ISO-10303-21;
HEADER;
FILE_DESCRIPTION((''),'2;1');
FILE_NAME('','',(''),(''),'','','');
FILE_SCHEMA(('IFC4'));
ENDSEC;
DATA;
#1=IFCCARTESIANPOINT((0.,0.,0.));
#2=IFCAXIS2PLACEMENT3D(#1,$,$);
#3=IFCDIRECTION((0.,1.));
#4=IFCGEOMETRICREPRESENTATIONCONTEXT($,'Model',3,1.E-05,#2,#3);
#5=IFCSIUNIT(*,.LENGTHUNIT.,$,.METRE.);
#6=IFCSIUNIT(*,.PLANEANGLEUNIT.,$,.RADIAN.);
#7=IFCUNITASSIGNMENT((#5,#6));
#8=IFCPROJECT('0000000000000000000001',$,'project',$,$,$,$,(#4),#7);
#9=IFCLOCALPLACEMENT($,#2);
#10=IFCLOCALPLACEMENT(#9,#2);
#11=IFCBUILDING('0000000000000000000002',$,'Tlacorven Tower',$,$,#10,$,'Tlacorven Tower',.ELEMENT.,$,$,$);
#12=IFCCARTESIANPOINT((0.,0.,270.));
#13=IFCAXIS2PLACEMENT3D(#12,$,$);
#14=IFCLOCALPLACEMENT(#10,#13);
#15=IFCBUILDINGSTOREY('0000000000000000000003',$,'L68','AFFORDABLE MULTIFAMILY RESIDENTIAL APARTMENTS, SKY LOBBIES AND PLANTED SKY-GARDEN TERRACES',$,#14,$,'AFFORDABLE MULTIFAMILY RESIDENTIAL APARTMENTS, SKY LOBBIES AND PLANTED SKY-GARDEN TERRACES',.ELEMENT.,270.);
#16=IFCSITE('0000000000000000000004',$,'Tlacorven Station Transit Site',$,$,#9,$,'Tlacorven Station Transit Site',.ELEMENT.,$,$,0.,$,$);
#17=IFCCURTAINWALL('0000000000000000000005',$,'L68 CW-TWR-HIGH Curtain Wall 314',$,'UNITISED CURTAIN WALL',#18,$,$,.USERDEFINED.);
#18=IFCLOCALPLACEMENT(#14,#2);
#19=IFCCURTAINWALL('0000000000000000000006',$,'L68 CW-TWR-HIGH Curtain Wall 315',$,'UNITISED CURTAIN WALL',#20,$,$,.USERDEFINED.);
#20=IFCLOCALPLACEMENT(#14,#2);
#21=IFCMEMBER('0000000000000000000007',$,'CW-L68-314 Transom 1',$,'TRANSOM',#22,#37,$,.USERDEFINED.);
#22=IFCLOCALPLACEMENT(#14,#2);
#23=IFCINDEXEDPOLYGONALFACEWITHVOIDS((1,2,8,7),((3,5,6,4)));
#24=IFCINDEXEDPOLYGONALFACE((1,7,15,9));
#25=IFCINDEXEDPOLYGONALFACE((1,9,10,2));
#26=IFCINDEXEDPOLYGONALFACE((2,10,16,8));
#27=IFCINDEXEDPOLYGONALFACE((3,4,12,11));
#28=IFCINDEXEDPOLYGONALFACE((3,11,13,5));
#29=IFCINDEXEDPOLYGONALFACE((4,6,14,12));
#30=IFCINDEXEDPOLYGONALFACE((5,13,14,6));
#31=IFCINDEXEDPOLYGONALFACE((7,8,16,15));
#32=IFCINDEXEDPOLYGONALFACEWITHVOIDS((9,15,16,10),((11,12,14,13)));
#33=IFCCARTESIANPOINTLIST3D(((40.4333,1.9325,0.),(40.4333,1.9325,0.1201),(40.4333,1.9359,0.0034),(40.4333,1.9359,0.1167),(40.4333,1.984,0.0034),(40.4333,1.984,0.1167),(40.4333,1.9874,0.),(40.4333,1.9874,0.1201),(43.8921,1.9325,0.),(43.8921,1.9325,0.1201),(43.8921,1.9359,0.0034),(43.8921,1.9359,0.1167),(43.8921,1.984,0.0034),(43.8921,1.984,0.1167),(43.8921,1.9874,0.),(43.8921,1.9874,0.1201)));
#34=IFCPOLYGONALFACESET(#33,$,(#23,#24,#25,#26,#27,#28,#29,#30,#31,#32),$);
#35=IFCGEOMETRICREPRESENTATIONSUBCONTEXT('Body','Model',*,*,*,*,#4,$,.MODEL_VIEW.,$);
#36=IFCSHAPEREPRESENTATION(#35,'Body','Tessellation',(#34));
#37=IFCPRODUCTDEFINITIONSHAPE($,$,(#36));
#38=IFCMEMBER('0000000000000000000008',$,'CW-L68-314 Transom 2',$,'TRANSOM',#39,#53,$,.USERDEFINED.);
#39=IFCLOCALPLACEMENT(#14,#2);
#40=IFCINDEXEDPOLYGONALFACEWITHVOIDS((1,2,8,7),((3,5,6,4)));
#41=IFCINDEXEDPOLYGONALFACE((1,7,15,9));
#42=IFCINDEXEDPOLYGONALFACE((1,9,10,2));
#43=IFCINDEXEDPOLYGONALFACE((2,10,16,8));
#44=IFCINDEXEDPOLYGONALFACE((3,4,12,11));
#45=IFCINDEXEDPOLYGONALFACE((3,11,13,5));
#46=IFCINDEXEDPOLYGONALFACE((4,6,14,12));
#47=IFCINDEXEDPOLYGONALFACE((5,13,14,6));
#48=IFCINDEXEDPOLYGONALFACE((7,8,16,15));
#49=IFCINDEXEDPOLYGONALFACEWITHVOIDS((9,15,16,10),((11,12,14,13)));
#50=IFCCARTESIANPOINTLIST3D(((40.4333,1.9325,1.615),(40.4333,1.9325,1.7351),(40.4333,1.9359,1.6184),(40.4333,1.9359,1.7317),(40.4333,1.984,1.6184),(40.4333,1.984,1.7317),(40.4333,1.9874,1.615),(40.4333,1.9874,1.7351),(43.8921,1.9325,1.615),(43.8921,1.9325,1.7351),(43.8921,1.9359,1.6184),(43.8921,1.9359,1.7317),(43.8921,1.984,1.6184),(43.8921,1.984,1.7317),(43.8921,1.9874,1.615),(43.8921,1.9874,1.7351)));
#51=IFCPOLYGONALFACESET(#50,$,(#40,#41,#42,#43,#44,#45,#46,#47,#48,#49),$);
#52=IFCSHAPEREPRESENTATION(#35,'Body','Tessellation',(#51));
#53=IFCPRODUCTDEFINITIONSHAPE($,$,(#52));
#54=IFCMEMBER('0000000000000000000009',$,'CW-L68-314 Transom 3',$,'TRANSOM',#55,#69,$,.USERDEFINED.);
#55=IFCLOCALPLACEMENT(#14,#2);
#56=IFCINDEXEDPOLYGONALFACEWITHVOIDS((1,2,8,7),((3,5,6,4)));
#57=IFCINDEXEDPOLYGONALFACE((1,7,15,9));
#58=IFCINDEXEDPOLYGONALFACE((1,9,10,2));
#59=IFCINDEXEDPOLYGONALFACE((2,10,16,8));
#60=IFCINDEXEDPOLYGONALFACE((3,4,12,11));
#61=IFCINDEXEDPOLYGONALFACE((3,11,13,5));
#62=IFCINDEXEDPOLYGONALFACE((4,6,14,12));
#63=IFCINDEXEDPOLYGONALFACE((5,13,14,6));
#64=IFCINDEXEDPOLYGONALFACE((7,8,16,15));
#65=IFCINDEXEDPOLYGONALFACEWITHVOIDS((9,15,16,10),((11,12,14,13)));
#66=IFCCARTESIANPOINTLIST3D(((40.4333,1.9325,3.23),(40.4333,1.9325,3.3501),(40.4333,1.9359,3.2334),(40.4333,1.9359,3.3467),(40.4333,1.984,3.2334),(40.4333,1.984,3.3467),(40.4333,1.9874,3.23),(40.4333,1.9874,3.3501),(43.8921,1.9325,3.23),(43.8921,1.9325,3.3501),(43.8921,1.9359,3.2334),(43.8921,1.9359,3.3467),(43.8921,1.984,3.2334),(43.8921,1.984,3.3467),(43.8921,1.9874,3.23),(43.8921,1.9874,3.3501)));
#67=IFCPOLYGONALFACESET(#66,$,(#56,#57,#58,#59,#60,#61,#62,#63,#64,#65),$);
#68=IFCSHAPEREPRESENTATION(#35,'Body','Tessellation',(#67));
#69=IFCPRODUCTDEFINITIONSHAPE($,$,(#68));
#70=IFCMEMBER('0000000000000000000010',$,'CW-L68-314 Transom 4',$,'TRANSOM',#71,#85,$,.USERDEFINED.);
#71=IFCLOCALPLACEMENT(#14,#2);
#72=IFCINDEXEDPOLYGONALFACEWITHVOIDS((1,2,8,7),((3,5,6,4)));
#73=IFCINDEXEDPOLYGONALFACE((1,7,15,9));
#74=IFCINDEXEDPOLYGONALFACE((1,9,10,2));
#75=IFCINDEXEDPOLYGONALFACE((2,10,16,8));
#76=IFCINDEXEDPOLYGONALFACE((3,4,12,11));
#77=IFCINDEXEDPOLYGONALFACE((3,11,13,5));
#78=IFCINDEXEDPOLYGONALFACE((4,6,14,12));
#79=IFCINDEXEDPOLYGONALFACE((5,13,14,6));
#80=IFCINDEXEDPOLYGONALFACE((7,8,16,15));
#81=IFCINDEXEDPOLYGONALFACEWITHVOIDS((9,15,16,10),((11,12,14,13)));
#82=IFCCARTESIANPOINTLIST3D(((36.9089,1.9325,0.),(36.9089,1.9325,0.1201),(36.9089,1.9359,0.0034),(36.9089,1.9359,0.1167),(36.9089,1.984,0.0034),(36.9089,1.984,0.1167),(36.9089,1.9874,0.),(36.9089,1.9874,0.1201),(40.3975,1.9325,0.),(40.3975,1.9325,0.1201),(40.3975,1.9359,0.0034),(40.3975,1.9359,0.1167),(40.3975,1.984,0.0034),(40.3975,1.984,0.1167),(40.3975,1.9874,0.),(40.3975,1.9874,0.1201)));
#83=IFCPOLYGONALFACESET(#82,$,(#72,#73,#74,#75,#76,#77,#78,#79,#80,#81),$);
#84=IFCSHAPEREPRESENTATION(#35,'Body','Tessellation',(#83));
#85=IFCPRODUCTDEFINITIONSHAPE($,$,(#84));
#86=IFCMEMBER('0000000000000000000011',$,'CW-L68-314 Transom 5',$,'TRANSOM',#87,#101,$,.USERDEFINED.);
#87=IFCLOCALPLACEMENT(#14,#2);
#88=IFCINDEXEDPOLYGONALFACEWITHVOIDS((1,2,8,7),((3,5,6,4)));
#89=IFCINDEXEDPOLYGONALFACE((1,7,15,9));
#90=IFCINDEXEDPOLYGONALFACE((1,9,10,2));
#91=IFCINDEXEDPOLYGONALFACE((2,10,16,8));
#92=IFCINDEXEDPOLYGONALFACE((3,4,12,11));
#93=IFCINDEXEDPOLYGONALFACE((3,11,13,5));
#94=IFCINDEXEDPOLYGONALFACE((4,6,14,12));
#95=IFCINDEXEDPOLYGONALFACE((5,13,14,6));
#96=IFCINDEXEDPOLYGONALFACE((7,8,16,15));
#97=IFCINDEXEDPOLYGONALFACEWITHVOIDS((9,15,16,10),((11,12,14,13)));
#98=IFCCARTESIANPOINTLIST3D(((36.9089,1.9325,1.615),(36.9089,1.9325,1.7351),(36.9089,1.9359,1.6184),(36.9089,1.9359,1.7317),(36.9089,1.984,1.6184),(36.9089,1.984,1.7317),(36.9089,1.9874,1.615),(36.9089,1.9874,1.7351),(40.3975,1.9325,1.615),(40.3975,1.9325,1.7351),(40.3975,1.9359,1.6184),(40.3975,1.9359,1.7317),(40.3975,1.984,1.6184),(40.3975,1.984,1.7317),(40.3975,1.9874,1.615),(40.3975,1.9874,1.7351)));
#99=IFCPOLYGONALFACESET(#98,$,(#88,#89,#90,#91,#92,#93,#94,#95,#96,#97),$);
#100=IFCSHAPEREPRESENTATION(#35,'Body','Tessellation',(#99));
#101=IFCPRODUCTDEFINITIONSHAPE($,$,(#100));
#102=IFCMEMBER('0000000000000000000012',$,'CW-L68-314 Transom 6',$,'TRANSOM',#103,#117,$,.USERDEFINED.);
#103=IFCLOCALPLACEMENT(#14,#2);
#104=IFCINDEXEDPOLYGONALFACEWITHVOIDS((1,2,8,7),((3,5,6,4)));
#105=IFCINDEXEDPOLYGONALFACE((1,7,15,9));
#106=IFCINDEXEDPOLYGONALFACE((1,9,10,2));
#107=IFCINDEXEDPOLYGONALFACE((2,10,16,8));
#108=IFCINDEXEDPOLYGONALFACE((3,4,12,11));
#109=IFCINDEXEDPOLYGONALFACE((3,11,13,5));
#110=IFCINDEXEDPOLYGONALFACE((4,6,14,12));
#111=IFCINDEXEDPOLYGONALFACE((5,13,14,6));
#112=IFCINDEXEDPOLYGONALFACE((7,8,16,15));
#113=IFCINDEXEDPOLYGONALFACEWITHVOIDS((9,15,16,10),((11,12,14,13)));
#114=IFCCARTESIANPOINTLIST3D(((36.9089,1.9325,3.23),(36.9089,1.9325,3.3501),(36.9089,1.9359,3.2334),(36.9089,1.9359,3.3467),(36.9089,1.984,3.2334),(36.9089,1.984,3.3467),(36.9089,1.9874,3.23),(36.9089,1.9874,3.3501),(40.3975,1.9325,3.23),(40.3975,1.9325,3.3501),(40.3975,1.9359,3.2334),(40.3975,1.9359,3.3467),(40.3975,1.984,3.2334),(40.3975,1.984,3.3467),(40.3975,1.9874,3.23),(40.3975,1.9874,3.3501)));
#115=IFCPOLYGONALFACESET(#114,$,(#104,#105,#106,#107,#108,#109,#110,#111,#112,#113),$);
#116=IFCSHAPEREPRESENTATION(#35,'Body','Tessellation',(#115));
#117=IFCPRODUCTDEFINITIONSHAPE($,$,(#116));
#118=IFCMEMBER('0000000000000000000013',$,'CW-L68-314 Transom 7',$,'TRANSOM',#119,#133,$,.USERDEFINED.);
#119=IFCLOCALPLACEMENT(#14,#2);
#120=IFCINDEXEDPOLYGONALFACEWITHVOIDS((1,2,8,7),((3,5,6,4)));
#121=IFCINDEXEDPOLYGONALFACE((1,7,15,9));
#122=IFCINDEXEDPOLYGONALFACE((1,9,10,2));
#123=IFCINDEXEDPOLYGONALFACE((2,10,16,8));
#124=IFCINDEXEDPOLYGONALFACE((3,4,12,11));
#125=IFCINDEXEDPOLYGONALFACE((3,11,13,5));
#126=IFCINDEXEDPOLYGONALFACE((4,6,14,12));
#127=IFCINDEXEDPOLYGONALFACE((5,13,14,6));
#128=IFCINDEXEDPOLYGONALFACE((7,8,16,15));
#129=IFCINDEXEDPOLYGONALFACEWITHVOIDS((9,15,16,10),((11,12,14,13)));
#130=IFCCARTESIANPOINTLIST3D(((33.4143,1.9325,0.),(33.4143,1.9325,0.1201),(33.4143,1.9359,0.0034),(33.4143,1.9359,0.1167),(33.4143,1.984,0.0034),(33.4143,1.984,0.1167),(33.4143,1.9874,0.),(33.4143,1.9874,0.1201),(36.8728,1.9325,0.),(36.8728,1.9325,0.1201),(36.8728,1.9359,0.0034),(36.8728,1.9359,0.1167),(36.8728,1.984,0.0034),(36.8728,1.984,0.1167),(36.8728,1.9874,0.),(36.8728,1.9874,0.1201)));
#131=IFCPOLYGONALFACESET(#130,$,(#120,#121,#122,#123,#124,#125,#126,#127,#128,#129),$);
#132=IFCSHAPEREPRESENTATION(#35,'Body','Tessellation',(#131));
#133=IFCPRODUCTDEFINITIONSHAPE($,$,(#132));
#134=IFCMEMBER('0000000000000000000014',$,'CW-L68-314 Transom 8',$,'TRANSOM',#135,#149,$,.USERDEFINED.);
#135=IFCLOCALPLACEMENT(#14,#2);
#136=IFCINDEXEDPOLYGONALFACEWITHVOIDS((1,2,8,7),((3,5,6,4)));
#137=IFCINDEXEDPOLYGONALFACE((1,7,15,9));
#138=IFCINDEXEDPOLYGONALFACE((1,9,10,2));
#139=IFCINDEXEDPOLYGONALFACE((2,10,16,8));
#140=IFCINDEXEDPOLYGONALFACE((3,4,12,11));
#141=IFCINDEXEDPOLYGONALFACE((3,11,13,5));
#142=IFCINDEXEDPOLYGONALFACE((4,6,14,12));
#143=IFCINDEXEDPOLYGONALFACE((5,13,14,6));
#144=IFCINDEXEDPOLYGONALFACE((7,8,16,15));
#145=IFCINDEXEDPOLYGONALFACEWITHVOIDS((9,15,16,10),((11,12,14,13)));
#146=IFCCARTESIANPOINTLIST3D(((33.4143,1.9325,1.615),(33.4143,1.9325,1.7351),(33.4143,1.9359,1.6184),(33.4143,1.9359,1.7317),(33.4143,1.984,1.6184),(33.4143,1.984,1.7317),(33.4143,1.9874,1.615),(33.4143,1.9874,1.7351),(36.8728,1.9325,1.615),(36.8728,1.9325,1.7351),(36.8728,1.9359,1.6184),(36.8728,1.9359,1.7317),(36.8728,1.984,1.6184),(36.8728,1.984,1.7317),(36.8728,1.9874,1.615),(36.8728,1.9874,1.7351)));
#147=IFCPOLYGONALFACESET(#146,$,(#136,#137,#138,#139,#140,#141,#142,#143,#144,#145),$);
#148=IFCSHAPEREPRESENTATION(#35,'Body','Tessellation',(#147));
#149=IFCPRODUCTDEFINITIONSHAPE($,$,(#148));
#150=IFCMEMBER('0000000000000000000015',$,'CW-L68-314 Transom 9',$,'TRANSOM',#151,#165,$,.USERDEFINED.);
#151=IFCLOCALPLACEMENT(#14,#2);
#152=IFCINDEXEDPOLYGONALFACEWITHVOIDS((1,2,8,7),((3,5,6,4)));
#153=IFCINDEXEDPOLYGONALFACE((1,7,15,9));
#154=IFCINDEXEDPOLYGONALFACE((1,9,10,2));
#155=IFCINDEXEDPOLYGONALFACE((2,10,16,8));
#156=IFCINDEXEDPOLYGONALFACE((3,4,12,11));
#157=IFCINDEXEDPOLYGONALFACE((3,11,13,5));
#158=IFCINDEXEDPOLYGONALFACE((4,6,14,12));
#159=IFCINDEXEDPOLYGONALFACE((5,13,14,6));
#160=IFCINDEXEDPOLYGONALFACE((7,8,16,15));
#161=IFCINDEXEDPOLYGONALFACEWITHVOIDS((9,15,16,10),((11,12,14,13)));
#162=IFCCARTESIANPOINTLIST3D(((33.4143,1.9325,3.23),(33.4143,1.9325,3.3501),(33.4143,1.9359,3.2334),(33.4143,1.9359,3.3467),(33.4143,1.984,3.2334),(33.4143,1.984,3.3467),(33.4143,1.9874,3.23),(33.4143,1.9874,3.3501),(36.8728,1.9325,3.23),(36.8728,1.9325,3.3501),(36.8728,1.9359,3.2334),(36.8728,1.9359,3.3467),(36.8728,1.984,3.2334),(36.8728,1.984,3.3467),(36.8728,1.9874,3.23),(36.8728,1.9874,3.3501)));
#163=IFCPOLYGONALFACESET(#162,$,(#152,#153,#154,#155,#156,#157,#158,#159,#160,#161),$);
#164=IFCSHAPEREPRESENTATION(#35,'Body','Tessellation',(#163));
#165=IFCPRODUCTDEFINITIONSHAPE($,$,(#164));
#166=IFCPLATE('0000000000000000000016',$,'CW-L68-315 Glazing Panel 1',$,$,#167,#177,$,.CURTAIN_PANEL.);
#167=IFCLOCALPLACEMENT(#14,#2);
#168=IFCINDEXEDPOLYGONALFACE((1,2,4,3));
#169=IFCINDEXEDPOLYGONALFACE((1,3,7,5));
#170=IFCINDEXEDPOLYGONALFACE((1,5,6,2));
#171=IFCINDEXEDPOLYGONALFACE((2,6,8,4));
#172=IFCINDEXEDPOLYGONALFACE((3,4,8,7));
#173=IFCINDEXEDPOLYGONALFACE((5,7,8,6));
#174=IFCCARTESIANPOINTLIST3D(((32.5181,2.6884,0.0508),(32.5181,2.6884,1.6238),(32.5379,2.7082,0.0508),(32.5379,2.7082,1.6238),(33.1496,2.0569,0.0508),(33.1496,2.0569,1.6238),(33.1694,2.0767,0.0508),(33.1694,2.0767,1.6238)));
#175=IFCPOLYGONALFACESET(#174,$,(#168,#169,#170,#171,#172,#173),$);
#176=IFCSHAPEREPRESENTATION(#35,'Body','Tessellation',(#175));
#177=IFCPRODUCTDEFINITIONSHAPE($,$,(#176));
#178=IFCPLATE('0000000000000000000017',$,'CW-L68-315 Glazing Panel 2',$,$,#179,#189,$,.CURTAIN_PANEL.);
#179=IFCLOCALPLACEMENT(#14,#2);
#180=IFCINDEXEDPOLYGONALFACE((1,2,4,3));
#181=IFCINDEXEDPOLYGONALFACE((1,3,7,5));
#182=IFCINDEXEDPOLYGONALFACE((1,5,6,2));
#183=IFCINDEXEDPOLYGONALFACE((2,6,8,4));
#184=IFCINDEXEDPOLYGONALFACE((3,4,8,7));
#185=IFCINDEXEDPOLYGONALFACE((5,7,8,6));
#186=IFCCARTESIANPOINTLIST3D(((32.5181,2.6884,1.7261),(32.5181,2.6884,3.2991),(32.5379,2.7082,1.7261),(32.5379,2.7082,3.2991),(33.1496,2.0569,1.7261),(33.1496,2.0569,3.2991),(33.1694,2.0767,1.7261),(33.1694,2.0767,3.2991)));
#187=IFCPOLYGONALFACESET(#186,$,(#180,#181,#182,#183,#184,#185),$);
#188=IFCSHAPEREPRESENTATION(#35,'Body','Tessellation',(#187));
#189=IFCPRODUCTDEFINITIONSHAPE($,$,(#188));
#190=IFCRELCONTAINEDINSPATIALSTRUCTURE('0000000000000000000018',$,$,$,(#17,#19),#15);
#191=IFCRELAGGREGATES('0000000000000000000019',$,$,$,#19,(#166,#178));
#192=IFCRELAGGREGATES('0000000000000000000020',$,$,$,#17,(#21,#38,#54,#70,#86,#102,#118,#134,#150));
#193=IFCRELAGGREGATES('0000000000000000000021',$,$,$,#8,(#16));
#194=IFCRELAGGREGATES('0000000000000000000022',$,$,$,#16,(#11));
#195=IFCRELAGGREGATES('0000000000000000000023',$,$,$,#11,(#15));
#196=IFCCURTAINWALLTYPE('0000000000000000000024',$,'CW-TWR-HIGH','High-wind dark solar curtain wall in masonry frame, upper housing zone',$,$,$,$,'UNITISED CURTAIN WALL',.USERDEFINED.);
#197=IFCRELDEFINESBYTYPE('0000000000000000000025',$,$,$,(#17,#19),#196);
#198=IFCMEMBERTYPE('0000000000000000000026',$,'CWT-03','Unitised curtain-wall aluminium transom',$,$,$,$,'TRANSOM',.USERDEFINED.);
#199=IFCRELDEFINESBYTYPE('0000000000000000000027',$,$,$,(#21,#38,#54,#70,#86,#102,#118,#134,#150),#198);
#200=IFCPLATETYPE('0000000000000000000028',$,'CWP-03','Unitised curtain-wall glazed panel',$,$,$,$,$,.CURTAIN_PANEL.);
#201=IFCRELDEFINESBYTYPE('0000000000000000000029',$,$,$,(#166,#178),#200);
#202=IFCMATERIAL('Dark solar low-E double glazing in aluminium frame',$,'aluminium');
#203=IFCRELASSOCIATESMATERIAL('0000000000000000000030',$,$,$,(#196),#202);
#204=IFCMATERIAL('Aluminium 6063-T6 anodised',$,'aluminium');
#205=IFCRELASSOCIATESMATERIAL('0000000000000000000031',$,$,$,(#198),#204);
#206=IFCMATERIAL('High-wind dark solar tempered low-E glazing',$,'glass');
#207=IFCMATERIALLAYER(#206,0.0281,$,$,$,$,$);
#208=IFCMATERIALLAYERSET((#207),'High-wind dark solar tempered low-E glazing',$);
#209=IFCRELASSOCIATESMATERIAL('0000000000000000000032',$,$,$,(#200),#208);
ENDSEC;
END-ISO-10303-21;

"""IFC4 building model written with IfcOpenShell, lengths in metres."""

from ifc_helpers import new_model, si_unit, direction, frame, origin, origin_2d, place, context, subcontext, project, spatial, rectangle, hollow_rectangle, extrude, source, transform, mapped, material, layer, layer_set, material_profile, profile_set, type_object, element, aggregate, save


model = new_model("IFC4")

# Units and contexts
model_context = context("Model", 3, precision=1e-05, world=origin(), true_north=direction((0.0, 1.0)))
body_context = subcontext(model_context, "Body", "Model", "MODEL_VIEW")
ifc_project = project(units=[si_unit("LENGTHUNIT", "METRE"), si_unit("PLANEANGLEUNIT", "RADIAN")], contexts=[model_context])

# Site, building, storey
site_placement = place(None, origin())
site = spatial("IfcSite", under=ifc_project, at=site_placement, Name="Tlacorven Station Transit Site", LongName="Tlacorven Station Transit Site", CompositionType="ELEMENT", RefElevation=0.0)
building_placement = place(site_placement, origin())
building = spatial("IfcBuilding", under=site, at=building_placement, Name="Tlacorven Tower", LongName="Tlacorven Tower", CompositionType="ELEMENT")
storey_placement = place(building_placement, frame((0.0, 0.0, 270.0)))
storey = spatial("IfcBuildingStorey", under=building, at=storey_placement, Name="L68", Description="AFFORDABLE MULTIFAMILY RESIDENTIAL APARTMENTS, SKY LOBBIES AND PLANTED SKY-GARDEN TERRACES", LongName="AFFORDABLE MULTIFAMILY RESIDENTIAL APARTMENTS, SKY LOBBIES AND PLANTED SKY-GARDEN TERRACES", CompositionType="ELEMENT", Elevation=270.0)

# Curtain walls
ifc_material_1 = material(Name="Dark solar low-E double glazing in aluminium frame", Category="aluminium")
curtain_wall_type = type_object("IfcCurtainWallType", Name="CW-TWR-HIGH", Description="High-wind dark solar curtain wall in masonry frame, upper housing zone", ElementType="UNITISED CURTAIN WALL", PredefinedType="USERDEFINED", material=ifc_material_1)
curtain_wall_1_placement = place(storey_placement, origin())
curtain_wall_1 = element("IfcCurtainWall", 1, at=curtain_wall_1_placement, inside=storey, type_object=curtain_wall_type, Name="L68 CW-TWR-HIGH Curtain Wall 314", ObjectType="UNITISED CURTAIN WALL", PredefinedType="USERDEFINED")
ifc_material_2 = material(Name="Aluminium 6063-T6 anodised", Category="aluminium")
curtain_wall_2_placement = place(storey_placement, origin())
curtain_wall_2 = element("IfcCurtainWall", 2, at=curtain_wall_2_placement, inside=storey, type_object=curtain_wall_type, Name="L68 CW-TWR-HIGH Curtain Wall 315", ObjectType="UNITISED CURTAIN WALL", PredefinedType="USERDEFINED")
ifc_material_profile_1 = material_profile(ifc_material_2, hollow_rectangle(XDim=0.0549, YDim=0.1201, WallThickness=0.0034, at=origin_2d()), Name="ALU TRANSOM 55X120")
ifc_profile_set_1 = profile_set([ifc_material_profile_1], Name="Aluminium 6063-T6 anodised")
member_type_1 = type_object("IfcMemberType", Name="CWT-03", Description="Unitised curtain-wall aluminium transom", ElementType="TRANSOM", PredefinedType="USERDEFINED", material=ifc_profile_set_1)

# Members
shared_shape_1 = source(origin(), body_context, "Body", "SweptSolid", [
    extrude(hollow_rectangle(XDim=0.0549, YDim=0.1201, WallThickness=0.0034, at=origin_2d()), origin(), (0.0, 0.0, 1.0), 3.4587),
])
member_1_placement = place(storey_placement, frame((43.8921, 1.96, 0.0601), z_axis=(-1.0, 0.0, 0.0), x_axis=(0.0, -1.0, 0.0)))
member_1 = element("IfcMember", 3, at=member_1_placement, type_object=member_type_1, Name="CW-L68-314 Transom 1", ObjectType="TRANSOM", PredefinedType="USERDEFINED", context=body_context, shape_type="MappedRepresentation", body=[
    mapped(shared_shape_1, transform((0.0, 0.0, 0.0), scale=1.0)),
])
member_2_placement = place(storey_placement, frame((43.8921, 1.96, 1.675), z_axis=(-1.0, 0.0, 0.0), x_axis=(0.0, -1.0, 0.0)))
member_2 = element("IfcMember", 4, at=member_2_placement, type_object=member_type_1, Name="CW-L68-314 Transom 2", ObjectType="TRANSOM", PredefinedType="USERDEFINED", context=body_context, shape_type="MappedRepresentation", body=[
    mapped(shared_shape_1, transform((0.0, 0.0, 0.0), scale=1.0)),
])
member_3_placement = place(storey_placement, frame((43.8921, 1.96, 3.29), z_axis=(-1.0, 0.0, 0.0), x_axis=(0.0, -1.0, 0.0)))
member_3 = element("IfcMember", 5, at=member_3_placement, type_object=member_type_1, Name="CW-L68-314 Transom 3", ObjectType="TRANSOM", PredefinedType="USERDEFINED", context=body_context, shape_type="MappedRepresentation", body=[
    mapped(shared_shape_1, transform((0.0, 0.0, 0.0), scale=1.0)),
])
shared_shape_2 = source(origin(), body_context, "Body", "SweptSolid", [
    extrude(hollow_rectangle(XDim=0.0549, YDim=0.1201, WallThickness=0.0034, at=origin_2d()), origin(), (0.0, 0.0, 1.0), 3.4885),
])
member_4_placement = place(storey_placement, frame((40.3975, 1.96, 0.0601), z_axis=(-1.0, 0.0, 0.0), x_axis=(0.0, -1.0, 0.0)))
member_4 = element("IfcMember", 6, at=member_4_placement, type_object=member_type_1, Name="CW-L68-314 Transom 4", ObjectType="TRANSOM", PredefinedType="USERDEFINED", context=body_context, shape_type="MappedRepresentation", body=[
    mapped(shared_shape_2, transform((0.0, 0.0, 0.0), scale=1.0)),
])
member_5_placement = place(storey_placement, frame((40.3975, 1.96, 1.675), z_axis=(-1.0, 0.0, 0.0), x_axis=(0.0, -1.0, 0.0)))
member_5 = element("IfcMember", 7, at=member_5_placement, type_object=member_type_1, Name="CW-L68-314 Transom 5", ObjectType="TRANSOM", PredefinedType="USERDEFINED", context=body_context, shape_type="MappedRepresentation", body=[
    mapped(shared_shape_2, transform((0.0, 0.0, 0.0), scale=1.0)),
])
member_6_placement = place(storey_placement, frame((40.3975, 1.96, 3.29), z_axis=(-1.0, 0.0, 0.0), x_axis=(0.0, -1.0, 0.0)))
member_6 = element("IfcMember", 8, at=member_6_placement, type_object=member_type_1, Name="CW-L68-314 Transom 6", ObjectType="TRANSOM", PredefinedType="USERDEFINED", context=body_context, shape_type="MappedRepresentation", body=[
    mapped(shared_shape_2, transform((0.0, 0.0, 0.0), scale=1.0)),
])
shared_shape_3 = source(origin(), body_context, "Body", "SweptSolid", [
    extrude(hollow_rectangle(XDim=0.0549, YDim=0.1201, WallThickness=0.0034, at=origin_2d()), origin(), (0.0, 0.0, 1.0), 3.4585),
])
member_7_placement = place(storey_placement, frame((36.8728, 1.96, 0.0601), z_axis=(-1.0, 0.0, 0.0), x_axis=(0.0, -1.0, 0.0)))
member_7 = element("IfcMember", 9, at=member_7_placement, type_object=member_type_1, Name="CW-L68-314 Transom 7", ObjectType="TRANSOM", PredefinedType="USERDEFINED", context=body_context, shape_type="MappedRepresentation", body=[
    mapped(shared_shape_3, transform((0.0, 0.0, 0.0), scale=1.0)),
])
member_8_placement = place(storey_placement, frame((36.8728, 1.96, 1.675), z_axis=(-1.0, 0.0, 0.0), x_axis=(0.0, -1.0, 0.0)))
member_8 = element("IfcMember", 10, at=member_8_placement, type_object=member_type_1, Name="CW-L68-314 Transom 8", ObjectType="TRANSOM", PredefinedType="USERDEFINED", context=body_context, shape_type="MappedRepresentation", body=[
    mapped(shared_shape_3, transform((0.0, 0.0, 0.0), scale=1.0)),
])
member_9_placement = place(storey_placement, frame((36.8728, 1.96, 3.29), z_axis=(-1.0, 0.0, 0.0), x_axis=(0.0, -1.0, 0.0)))
member_9 = element("IfcMember", 11, at=member_9_placement, type_object=member_type_1, Name="CW-L68-314 Transom 9", ObjectType="TRANSOM", PredefinedType="USERDEFINED", context=body_context, shape_type="MappedRepresentation", body=[
    mapped(shared_shape_3, transform((0.0, 0.0, 0.0), scale=1.0)),
])

# Plates
ifc_material_3 = material(Name="High-wind dark solar tempered low-E glazing", Category="glass")
ifc_layer_1 = layer(ifc_material_3, 0.0281)
ifc_layer_set_1 = layer_set([ifc_layer_1], Name="High-wind dark solar tempered low-E glazing")
plate_type = type_object("IfcPlateType", Name="CWP-03", Description="Unitised curtain-wall glazed panel", PredefinedType="CURTAIN_PANEL", material=ifc_layer_set_1)
shared_shape_4 = source(origin(), body_context, "Body", "SweptSolid", [
    extrude(rectangle(XDim=0.8931, YDim=0.0281, at=origin_2d()), origin(), (0.0, 0.0, 1.0), 1.573),
])
plate_1_placement = place(storey_placement, frame((32.8438, 2.3826, 0.0508), z_axis=(0.0, 0.0, 1.0), x_axis=(-0.707107, 0.707107, 0.0)))
plate_1 = element("IfcPlate", 12, at=plate_1_placement, type_object=plate_type, Name="CW-L68-315 Glazing Panel 1", PredefinedType="CURTAIN_PANEL", context=body_context, shape_type="MappedRepresentation", body=[
    mapped(shared_shape_4, transform((0.0, 0.0, 0.0), scale=1.0)),
])
plate_2_placement = place(storey_placement, frame((32.8438, 2.3826, 1.7261), z_axis=(0.0, 0.0, 1.0), x_axis=(-0.707107, 0.707107, 0.0)))
plate_2 = element("IfcPlate", 13, at=plate_2_placement, type_object=plate_type, Name="CW-L68-315 Glazing Panel 2", PredefinedType="CURTAIN_PANEL", context=body_context, shape_type="MappedRepresentation", body=[
    mapped(shared_shape_4, transform((0.0, 0.0, 0.0), scale=1.0)),
])
aggregate(curtain_wall_2, [plate_1, plate_2])
aggregate(curtain_wall_1, [member_1, member_2, member_3, member_4, member_5, member_6, member_7, member_8, member_9])

save(model, "model.ifc")
